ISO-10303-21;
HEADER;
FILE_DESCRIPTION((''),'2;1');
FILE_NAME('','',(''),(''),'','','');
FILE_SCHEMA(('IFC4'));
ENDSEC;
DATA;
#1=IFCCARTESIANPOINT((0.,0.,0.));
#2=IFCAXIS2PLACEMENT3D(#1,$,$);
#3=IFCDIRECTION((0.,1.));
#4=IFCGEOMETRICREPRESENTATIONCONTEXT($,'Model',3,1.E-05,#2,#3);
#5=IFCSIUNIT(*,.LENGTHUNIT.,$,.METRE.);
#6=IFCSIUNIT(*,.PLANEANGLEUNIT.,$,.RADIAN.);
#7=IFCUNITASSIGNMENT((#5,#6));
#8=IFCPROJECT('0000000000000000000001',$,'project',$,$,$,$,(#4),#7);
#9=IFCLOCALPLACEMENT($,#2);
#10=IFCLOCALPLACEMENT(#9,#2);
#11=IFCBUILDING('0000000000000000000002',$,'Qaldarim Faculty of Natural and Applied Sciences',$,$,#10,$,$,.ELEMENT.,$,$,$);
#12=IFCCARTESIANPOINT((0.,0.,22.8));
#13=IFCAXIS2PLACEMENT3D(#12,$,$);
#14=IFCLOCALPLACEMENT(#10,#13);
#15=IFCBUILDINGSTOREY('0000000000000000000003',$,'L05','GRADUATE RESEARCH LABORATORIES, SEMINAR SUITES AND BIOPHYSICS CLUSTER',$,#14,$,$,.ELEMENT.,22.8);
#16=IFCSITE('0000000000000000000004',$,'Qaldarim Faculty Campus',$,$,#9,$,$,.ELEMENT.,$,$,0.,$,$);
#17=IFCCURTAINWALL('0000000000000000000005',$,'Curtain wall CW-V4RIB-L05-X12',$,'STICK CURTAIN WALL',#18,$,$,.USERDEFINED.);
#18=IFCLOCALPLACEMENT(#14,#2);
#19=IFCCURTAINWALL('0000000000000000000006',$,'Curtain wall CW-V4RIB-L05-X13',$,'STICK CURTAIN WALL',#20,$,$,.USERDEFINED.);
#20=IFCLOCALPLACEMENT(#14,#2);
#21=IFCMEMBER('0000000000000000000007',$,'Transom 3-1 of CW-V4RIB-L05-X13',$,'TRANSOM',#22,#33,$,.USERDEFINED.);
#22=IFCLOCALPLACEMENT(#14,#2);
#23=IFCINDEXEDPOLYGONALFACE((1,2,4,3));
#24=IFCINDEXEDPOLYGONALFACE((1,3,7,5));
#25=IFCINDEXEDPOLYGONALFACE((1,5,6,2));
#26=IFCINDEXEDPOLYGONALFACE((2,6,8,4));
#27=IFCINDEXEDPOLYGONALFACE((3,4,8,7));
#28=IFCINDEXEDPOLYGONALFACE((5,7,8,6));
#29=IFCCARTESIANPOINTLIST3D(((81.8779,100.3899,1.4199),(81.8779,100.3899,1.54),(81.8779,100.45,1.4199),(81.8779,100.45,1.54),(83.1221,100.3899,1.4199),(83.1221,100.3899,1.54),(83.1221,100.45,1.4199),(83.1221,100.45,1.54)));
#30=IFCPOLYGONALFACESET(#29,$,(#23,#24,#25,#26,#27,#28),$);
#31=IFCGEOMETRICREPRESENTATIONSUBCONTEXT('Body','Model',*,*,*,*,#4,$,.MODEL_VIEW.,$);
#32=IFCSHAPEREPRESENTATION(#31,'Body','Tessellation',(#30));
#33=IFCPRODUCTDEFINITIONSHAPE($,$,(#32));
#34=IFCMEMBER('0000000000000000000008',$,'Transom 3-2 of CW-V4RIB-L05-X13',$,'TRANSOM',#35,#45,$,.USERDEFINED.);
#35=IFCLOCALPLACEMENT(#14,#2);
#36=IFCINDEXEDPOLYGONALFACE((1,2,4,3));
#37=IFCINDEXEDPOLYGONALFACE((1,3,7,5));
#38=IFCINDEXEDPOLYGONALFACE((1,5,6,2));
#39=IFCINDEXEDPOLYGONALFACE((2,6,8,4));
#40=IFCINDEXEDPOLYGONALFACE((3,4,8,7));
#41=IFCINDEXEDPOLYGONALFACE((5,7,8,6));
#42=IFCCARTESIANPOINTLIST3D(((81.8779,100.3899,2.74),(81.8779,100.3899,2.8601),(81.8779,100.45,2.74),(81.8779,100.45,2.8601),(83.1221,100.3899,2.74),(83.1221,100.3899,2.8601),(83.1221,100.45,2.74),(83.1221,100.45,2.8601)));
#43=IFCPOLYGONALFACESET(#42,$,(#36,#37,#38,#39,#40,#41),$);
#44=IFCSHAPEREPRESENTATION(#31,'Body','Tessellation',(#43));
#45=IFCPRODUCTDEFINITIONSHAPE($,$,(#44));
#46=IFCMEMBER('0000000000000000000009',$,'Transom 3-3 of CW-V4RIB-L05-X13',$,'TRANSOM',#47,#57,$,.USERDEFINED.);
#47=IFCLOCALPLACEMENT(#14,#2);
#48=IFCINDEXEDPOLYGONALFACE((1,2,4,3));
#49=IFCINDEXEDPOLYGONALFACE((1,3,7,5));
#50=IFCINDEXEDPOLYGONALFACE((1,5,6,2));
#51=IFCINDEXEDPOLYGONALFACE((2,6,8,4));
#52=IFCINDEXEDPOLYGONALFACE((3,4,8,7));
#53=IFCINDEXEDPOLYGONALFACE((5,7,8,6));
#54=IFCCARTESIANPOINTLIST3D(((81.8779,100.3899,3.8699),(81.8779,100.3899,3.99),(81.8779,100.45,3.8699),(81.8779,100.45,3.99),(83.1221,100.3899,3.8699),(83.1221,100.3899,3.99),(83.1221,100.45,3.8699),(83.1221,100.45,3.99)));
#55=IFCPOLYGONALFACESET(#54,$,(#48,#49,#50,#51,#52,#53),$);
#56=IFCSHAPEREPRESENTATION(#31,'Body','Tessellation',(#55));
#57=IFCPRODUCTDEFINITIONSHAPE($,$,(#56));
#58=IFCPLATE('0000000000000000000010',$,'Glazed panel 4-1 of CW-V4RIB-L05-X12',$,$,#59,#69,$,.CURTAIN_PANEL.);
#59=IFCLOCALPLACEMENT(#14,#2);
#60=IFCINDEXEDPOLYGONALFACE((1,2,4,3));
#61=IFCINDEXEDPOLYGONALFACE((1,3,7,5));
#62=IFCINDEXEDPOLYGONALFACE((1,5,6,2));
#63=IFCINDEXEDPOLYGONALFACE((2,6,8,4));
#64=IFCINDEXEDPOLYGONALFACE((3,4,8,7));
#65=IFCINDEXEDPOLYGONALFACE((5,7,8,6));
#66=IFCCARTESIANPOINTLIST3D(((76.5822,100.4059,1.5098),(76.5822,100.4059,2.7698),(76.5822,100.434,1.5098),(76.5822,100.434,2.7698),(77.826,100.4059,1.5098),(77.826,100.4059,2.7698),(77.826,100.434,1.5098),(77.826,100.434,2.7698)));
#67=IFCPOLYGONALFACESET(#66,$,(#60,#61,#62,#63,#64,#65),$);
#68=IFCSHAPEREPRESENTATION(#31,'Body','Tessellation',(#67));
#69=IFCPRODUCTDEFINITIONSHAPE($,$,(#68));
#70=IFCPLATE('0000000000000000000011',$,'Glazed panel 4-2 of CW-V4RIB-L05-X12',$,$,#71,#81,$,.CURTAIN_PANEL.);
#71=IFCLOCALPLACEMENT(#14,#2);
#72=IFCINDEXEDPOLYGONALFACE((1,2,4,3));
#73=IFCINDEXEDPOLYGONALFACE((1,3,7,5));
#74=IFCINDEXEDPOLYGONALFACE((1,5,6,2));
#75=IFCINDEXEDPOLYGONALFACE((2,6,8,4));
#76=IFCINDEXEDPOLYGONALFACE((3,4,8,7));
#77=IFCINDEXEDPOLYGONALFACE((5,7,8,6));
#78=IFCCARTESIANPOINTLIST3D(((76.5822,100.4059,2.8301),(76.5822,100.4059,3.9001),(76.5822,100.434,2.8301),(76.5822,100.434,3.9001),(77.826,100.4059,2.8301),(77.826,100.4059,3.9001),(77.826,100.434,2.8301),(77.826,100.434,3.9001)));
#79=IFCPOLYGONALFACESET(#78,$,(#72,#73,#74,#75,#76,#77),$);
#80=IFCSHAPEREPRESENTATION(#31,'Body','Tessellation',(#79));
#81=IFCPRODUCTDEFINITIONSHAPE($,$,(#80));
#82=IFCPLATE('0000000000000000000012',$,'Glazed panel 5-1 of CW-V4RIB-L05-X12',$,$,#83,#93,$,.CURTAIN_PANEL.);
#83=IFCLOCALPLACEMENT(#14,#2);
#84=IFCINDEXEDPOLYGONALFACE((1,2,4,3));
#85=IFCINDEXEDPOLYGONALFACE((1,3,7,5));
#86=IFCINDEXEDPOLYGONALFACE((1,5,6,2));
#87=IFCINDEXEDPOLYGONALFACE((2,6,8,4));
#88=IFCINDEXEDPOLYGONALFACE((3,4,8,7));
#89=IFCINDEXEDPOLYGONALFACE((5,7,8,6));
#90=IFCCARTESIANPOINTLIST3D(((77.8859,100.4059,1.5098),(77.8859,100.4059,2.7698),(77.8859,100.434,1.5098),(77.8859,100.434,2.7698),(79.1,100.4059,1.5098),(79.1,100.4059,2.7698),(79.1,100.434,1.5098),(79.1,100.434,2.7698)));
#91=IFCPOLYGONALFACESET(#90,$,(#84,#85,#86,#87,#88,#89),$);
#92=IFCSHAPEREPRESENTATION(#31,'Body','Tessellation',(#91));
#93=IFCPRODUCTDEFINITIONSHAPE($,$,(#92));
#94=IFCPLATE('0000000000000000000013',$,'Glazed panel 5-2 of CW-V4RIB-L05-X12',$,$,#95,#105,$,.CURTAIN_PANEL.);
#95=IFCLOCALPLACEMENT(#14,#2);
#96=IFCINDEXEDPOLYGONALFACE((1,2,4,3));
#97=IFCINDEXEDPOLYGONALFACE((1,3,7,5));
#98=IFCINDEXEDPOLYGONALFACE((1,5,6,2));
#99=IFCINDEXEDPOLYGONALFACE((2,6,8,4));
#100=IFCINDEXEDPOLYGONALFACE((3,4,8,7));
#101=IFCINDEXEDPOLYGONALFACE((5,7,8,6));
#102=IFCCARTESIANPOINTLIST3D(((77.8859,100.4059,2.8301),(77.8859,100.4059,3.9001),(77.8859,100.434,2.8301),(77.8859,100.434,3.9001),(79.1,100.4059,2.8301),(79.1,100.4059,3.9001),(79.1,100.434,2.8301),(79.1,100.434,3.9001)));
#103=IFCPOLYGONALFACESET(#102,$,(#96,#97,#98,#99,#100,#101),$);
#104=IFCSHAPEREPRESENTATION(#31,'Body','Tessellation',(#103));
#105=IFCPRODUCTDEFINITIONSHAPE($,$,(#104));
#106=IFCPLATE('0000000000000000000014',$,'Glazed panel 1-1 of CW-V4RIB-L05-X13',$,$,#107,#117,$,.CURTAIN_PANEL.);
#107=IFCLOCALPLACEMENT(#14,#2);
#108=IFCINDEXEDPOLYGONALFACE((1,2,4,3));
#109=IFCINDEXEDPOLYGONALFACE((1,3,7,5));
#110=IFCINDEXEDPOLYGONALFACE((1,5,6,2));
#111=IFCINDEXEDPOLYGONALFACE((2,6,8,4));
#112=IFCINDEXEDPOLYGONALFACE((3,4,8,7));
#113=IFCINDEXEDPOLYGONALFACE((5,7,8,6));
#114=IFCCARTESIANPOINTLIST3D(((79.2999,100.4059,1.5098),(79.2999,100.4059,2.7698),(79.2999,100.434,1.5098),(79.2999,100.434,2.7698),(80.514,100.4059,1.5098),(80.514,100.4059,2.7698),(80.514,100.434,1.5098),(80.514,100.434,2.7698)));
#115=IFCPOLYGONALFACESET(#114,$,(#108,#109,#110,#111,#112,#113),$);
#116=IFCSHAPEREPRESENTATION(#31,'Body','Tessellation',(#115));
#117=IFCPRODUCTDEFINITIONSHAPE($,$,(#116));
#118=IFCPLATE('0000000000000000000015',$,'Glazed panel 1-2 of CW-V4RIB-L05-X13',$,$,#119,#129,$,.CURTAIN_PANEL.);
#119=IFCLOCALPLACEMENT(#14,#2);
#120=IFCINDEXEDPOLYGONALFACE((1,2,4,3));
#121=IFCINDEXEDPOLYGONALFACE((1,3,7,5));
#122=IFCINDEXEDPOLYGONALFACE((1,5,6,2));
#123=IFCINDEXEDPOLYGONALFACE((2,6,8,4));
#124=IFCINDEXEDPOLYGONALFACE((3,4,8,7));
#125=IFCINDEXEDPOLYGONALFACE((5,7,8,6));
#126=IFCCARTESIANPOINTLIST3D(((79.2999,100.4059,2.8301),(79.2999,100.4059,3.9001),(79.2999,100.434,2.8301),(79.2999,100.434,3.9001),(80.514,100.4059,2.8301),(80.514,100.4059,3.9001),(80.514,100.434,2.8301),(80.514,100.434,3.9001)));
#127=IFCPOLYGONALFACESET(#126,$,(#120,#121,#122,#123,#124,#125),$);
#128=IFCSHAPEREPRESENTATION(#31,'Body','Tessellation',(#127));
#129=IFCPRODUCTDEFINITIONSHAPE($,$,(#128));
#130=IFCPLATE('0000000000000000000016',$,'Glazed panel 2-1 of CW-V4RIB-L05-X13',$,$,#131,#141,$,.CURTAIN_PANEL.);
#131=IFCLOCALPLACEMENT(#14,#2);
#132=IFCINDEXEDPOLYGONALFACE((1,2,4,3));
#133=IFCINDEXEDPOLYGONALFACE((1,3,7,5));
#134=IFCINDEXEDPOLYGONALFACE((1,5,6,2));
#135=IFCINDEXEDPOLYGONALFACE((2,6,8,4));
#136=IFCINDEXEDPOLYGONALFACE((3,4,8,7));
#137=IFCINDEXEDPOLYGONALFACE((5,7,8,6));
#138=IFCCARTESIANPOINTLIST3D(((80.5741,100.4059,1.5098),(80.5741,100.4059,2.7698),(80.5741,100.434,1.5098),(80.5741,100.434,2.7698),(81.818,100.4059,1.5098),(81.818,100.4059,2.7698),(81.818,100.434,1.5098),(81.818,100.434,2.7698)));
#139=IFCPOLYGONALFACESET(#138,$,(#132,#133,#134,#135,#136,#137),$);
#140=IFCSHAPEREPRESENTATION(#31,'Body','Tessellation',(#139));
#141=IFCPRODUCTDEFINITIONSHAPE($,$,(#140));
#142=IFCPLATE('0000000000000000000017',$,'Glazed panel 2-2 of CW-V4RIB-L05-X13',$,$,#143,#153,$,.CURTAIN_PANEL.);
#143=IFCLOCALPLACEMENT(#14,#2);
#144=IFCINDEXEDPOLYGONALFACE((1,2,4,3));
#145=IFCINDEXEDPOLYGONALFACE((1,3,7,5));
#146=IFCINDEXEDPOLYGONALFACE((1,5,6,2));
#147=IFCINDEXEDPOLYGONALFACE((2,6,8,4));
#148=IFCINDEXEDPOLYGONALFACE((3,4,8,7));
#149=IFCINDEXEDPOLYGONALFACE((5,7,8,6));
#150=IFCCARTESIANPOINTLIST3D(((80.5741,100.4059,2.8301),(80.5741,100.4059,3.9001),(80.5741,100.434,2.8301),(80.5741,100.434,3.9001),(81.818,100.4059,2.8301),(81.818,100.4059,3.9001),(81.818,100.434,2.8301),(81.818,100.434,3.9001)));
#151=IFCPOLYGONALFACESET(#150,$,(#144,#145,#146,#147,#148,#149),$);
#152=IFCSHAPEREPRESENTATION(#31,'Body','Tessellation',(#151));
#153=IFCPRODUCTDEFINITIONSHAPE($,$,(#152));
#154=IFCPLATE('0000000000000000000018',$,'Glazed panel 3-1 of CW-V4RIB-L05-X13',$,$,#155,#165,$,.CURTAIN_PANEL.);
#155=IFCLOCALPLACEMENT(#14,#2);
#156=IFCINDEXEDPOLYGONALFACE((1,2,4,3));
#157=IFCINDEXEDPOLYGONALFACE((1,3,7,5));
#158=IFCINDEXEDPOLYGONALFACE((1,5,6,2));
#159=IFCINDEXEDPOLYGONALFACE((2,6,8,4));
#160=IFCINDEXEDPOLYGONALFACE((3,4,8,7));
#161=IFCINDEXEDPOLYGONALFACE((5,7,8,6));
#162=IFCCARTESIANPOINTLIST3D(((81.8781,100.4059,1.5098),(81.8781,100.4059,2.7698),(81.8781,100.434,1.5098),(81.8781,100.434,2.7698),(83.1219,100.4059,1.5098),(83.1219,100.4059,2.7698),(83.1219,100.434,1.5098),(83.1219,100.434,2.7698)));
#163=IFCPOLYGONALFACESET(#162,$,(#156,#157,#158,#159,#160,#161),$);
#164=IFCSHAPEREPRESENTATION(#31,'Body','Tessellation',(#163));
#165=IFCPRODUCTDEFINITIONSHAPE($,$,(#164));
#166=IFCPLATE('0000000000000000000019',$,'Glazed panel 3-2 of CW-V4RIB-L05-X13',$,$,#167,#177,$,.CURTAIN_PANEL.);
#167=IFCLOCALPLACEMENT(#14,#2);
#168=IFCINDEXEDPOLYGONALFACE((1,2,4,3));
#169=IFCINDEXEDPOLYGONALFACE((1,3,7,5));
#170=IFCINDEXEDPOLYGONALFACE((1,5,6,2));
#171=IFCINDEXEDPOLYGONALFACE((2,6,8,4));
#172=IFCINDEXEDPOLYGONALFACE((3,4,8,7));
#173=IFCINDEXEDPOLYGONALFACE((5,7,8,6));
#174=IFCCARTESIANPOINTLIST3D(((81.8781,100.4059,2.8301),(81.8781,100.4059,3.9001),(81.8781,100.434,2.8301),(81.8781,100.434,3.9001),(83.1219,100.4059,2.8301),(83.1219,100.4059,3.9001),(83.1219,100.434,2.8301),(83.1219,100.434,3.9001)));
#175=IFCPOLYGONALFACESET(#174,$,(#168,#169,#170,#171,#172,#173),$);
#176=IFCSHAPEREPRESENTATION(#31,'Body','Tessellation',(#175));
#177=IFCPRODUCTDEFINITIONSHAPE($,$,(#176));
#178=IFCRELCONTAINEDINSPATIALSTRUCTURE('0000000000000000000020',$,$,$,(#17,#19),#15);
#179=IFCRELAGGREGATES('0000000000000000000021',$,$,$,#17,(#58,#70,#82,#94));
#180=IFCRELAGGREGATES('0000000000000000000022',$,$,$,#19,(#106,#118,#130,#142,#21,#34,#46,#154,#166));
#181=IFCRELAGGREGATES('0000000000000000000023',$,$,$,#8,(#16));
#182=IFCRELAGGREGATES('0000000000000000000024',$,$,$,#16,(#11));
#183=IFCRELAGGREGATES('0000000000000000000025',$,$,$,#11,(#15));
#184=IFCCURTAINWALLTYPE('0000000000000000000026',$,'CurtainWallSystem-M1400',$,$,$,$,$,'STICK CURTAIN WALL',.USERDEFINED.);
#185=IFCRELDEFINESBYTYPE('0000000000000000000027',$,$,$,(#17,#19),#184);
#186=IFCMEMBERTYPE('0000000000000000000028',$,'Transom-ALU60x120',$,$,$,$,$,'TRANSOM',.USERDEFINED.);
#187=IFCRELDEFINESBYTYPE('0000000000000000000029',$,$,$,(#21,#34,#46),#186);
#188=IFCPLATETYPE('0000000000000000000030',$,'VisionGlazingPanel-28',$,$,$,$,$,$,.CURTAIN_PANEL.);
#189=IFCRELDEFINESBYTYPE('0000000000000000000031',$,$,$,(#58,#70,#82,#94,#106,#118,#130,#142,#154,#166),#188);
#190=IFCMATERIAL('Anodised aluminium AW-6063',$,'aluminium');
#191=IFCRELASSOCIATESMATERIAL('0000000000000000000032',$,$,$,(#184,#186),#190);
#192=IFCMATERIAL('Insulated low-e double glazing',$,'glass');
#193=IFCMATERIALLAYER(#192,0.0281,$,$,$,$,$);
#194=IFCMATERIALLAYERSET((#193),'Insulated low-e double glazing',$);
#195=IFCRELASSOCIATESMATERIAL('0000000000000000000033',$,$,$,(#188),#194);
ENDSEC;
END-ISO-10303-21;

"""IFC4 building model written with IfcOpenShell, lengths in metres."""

from ifc_helpers import new_model, si_unit, direction, frame, origin, origin_2d, place, context, subcontext, project, spatial, rectangle, extrude, material, layer, layer_set, material_profile, profile_set, type_object, element, aggregate, save


model = new_model("IFC4")

# Units and contexts
model_context = context("Model", 3, precision=1e-05, world=origin(), true_north=direction((0.0, 1.0)))
body_context = subcontext(model_context, "Body", "Model", "MODEL_VIEW")
ifc_project = project(units=[si_unit("LENGTHUNIT", "METRE"), si_unit("PLANEANGLEUNIT", "RADIAN")], contexts=[model_context])

# Site, building, storey
site_placement = place(None, origin())
site = spatial("IfcSite", under=ifc_project, at=site_placement, Name="Qaldarim Faculty Campus", CompositionType="ELEMENT", RefElevation=0.0)
building_placement = place(site_placement, origin())
building = spatial("IfcBuilding", under=site, at=building_placement, Name="Qaldarim Faculty of Natural and Applied Sciences", CompositionType="ELEMENT")
storey_placement = place(building_placement, frame((0.0, 0.0, 22.8)))
storey = spatial("IfcBuildingStorey", under=building, at=storey_placement, Name="L05", Description="GRADUATE RESEARCH LABORATORIES, SEMINAR SUITES AND BIOPHYSICS CLUSTER", CompositionType="ELEMENT", Elevation=22.8)

# Curtain walls
ifc_material_1 = material(Name="Anodised aluminium AW-6063", Category="aluminium")
curtain_wall_type = type_object("IfcCurtainWallType", Name="CurtainWallSystem-M1400", ElementType="STICK CURTAIN WALL", PredefinedType="USERDEFINED", material=ifc_material_1)
curtain_wall_1_placement = place(storey_placement, origin())
curtain_wall_1 = element("IfcCurtainWall", 1, at=curtain_wall_1_placement, inside=storey, type_object=curtain_wall_type, Name="Curtain wall CW-V4RIB-L05-X12", ObjectType="STICK CURTAIN WALL", PredefinedType="USERDEFINED")
curtain_wall_2_placement = place(storey_placement, origin())
curtain_wall_2 = element("IfcCurtainWall", 2, at=curtain_wall_2_placement, inside=storey, type_object=curtain_wall_type, Name="Curtain wall CW-V4RIB-L05-X13", ObjectType="STICK CURTAIN WALL", PredefinedType="USERDEFINED")

# Members
ifc_material_profile_1 = material_profile(ifc_material_1, rectangle(XDim=0.0601, YDim=0.1201, at=origin_2d()), Name="ALU-T60x120")
ifc_profile_set_1 = profile_set([ifc_material_profile_1], Name="Anodised aluminium AW-6063")
member_type_1 = type_object("IfcMemberType", Name="Transom-ALU60x120", ElementType="TRANSOM", PredefinedType="USERDEFINED", material=ifc_profile_set_1)
member_1_placement = place(storey_placement, frame((81.8779, 100.4199, 1.48), z_axis=(1.0, 0.0, 0.0), x_axis=(0.0, 1.0, 0.0)))
member_1 = element("IfcMember", 3, at=member_1_placement, type_object=member_type_1, Name="Transom 3-1 of CW-V4RIB-L05-X13", ObjectType="TRANSOM", PredefinedType="USERDEFINED", context=body_context, shape_type="SweptSolid", body=[
    extrude(rectangle(XDim=0.0601, YDim=0.1201, at=origin_2d()), origin(), (0.0, 0.0, 1.0), 1.2441),
])
member_2_placement = place(storey_placement, frame((81.8779, 100.4199, 2.8), z_axis=(1.0, 0.0, 0.0), x_axis=(0.0, 1.0, 0.0)))
member_2 = element("IfcMember", 4, at=member_2_placement, type_object=member_type_1, Name="Transom 3-2 of CW-V4RIB-L05-X13", ObjectType="TRANSOM", PredefinedType="USERDEFINED", context=body_context, shape_type="SweptSolid", body=[
    extrude(rectangle(XDim=0.0601, YDim=0.1201, at=origin_2d()), origin(), (0.0, 0.0, 1.0), 1.2441),
])
member_3_placement = place(storey_placement, frame((81.8779, 100.4199, 3.9299), z_axis=(1.0, 0.0, 0.0), x_axis=(0.0, 1.0, 0.0)))
member_3 = element("IfcMember", 5, at=member_3_placement, type_object=member_type_1, Name="Transom 3-3 of CW-V4RIB-L05-X13", ObjectType="TRANSOM", PredefinedType="USERDEFINED", context=body_context, shape_type="SweptSolid", body=[
    extrude(rectangle(XDim=0.0601, YDim=0.1201, at=origin_2d()), origin(), (0.0, 0.0, 1.0), 1.2441),
])

# Plates
ifc_material_2 = material(Name="Insulated low-e double glazing", Category="glass")
ifc_layer = layer(ifc_material_2, 0.0281)
ifc_layer_set = layer_set([ifc_layer], Name="Insulated low-e double glazing")
plate_type = type_object("IfcPlateType", Name="VisionGlazingPanel-28", PredefinedType="CURTAIN_PANEL", material=ifc_layer_set)
plate_1_placement = place(storey_placement, frame((77.2041, 100.4199, 1.5098), z_axis=(0.0, 0.0, 1.0), x_axis=(1.0, 0.0, 0.0)))
plate_1 = element("IfcPlate", 6, at=plate_1_placement, type_object=plate_type, Name="Glazed panel 4-1 of CW-V4RIB-L05-X12", PredefinedType="CURTAIN_PANEL", context=body_context, shape_type="SweptSolid", body=[
    extrude(rectangle(XDim=1.2439, YDim=0.0281, at=origin_2d()), origin(), (0.0, 0.0, 1.0), 1.26),
])
plate_2_placement = place(storey_placement, frame((77.2041, 100.4199, 2.8301), z_axis=(0.0, 0.0, 1.0), x_axis=(1.0, 0.0, 0.0)))
plate_2 = element("IfcPlate", 7, at=plate_2_placement, type_object=plate_type, Name="Glazed panel 4-2 of CW-V4RIB-L05-X12", PredefinedType="CURTAIN_PANEL", context=body_context, shape_type="SweptSolid", body=[
    extrude(rectangle(XDim=1.2439, YDim=0.0281, at=origin_2d()), origin(), (0.0, 0.0, 1.0), 1.0701),
])
plate_3_placement = place(storey_placement, frame((78.4929, 100.4199, 1.5098), z_axis=(0.0, 0.0, 1.0), x_axis=(1.0, 0.0, 0.0)))
plate_3 = element("IfcPlate", 8, at=plate_3_placement, type_object=plate_type, Name="Glazed panel 5-1 of CW-V4RIB-L05-X12", PredefinedType="CURTAIN_PANEL", context=body_context, shape_type="SweptSolid", body=[
    extrude(rectangle(XDim=1.2141, YDim=0.0281, at=origin_2d()), origin(), (0.0, 0.0, 1.0), 1.26),
])
plate_4_placement = place(storey_placement, frame((78.4929, 100.4199, 2.8301), z_axis=(0.0, 0.0, 1.0), x_axis=(1.0, 0.0, 0.0)))
plate_4 = element("IfcPlate", 9, at=plate_4_placement, type_object=plate_type, Name="Glazed panel 5-2 of CW-V4RIB-L05-X12", PredefinedType="CURTAIN_PANEL", context=body_context, shape_type="SweptSolid", body=[
    extrude(rectangle(XDim=1.2141, YDim=0.0281, at=origin_2d()), origin(), (0.0, 0.0, 1.0), 1.0701),
])
aggregate(curtain_wall_1, [plate_1, plate_2, plate_3, plate_4])
plate_5_placement = place(storey_placement, frame((79.907, 100.4199, 1.5098), z_axis=(0.0, 0.0, 1.0), x_axis=(1.0, 0.0, 0.0)))
plate_5 = element("IfcPlate", 10, at=plate_5_placement, type_object=plate_type, Name="Glazed panel 1-1 of CW-V4RIB-L05-X13", PredefinedType="CURTAIN_PANEL", context=body_context, shape_type="SweptSolid", body=[
    extrude(rectangle(XDim=1.2141, YDim=0.0281, at=origin_2d()), origin(), (0.0, 0.0, 1.0), 1.26),
])
plate_6_placement = place(storey_placement, frame((79.907, 100.4199, 2.8301), z_axis=(0.0, 0.0, 1.0), x_axis=(1.0, 0.0, 0.0)))
plate_6 = element("IfcPlate", 11, at=plate_6_placement, type_object=plate_type, Name="Glazed panel 1-2 of CW-V4RIB-L05-X13", PredefinedType="CURTAIN_PANEL", context=body_context, shape_type="SweptSolid", body=[
    extrude(rectangle(XDim=1.2141, YDim=0.0281, at=origin_2d()), origin(), (0.0, 0.0, 1.0), 1.0701),
])
plate_7_placement = place(storey_placement, frame((81.196, 100.4199, 1.5098), z_axis=(0.0, 0.0, 1.0), x_axis=(1.0, 0.0, 0.0)))
plate_7 = element("IfcPlate", 12, at=plate_7_placement, type_object=plate_type, Name="Glazed panel 2-1 of CW-V4RIB-L05-X13", PredefinedType="CURTAIN_PANEL", context=body_context, shape_type="SweptSolid", body=[
    extrude(rectangle(XDim=1.2439, YDim=0.0281, at=origin_2d()), origin(), (0.0, 0.0, 1.0), 1.26),
])
plate_8_placement = place(storey_placement, frame((81.196, 100.4199, 2.8301), z_axis=(0.0, 0.0, 1.0), x_axis=(1.0, 0.0, 0.0)))
plate_8 = element("IfcPlate", 13, at=plate_8_placement, type_object=plate_type, Name="Glazed panel 2-2 of CW-V4RIB-L05-X13", PredefinedType="CURTAIN_PANEL", context=body_context, shape_type="SweptSolid", body=[
    extrude(rectangle(XDim=1.2439, YDim=0.0281, at=origin_2d()), origin(), (0.0, 0.0, 1.0), 1.0701),
])
plate_9_placement = place(storey_placement, frame((82.5, 100.4199, 1.5098), z_axis=(0.0, 0.0, 1.0), x_axis=(1.0, 0.0, 0.0)))
plate_9 = element("IfcPlate", 14, at=plate_9_placement, type_object=plate_type, Name="Glazed panel 3-1 of CW-V4RIB-L05-X13", PredefinedType="CURTAIN_PANEL", context=body_context, shape_type="SweptSolid", body=[
    extrude(rectangle(XDim=1.2439, YDim=0.0281, at=origin_2d()), origin(), (0.0, 0.0, 1.0), 1.26),
])
plate_10_placement = place(storey_placement, frame((82.5, 100.4199, 2.8301), z_axis=(0.0, 0.0, 1.0), x_axis=(1.0, 0.0, 0.0)))
plate_10 = element("IfcPlate", 15, at=plate_10_placement, type_object=plate_type, Name="Glazed panel 3-2 of CW-V4RIB-L05-X13", PredefinedType="CURTAIN_PANEL", context=body_context, shape_type="SweptSolid", body=[
    extrude(rectangle(XDim=1.2439, YDim=0.0281, at=origin_2d()), origin(), (0.0, 0.0, 1.0), 1.0701),
])
aggregate(curtain_wall_2, [plate_5, plate_6, plate_7, plate_8, member_1, member_2, member_3, plate_9, plate_10])

save(model, "model.ifc")
